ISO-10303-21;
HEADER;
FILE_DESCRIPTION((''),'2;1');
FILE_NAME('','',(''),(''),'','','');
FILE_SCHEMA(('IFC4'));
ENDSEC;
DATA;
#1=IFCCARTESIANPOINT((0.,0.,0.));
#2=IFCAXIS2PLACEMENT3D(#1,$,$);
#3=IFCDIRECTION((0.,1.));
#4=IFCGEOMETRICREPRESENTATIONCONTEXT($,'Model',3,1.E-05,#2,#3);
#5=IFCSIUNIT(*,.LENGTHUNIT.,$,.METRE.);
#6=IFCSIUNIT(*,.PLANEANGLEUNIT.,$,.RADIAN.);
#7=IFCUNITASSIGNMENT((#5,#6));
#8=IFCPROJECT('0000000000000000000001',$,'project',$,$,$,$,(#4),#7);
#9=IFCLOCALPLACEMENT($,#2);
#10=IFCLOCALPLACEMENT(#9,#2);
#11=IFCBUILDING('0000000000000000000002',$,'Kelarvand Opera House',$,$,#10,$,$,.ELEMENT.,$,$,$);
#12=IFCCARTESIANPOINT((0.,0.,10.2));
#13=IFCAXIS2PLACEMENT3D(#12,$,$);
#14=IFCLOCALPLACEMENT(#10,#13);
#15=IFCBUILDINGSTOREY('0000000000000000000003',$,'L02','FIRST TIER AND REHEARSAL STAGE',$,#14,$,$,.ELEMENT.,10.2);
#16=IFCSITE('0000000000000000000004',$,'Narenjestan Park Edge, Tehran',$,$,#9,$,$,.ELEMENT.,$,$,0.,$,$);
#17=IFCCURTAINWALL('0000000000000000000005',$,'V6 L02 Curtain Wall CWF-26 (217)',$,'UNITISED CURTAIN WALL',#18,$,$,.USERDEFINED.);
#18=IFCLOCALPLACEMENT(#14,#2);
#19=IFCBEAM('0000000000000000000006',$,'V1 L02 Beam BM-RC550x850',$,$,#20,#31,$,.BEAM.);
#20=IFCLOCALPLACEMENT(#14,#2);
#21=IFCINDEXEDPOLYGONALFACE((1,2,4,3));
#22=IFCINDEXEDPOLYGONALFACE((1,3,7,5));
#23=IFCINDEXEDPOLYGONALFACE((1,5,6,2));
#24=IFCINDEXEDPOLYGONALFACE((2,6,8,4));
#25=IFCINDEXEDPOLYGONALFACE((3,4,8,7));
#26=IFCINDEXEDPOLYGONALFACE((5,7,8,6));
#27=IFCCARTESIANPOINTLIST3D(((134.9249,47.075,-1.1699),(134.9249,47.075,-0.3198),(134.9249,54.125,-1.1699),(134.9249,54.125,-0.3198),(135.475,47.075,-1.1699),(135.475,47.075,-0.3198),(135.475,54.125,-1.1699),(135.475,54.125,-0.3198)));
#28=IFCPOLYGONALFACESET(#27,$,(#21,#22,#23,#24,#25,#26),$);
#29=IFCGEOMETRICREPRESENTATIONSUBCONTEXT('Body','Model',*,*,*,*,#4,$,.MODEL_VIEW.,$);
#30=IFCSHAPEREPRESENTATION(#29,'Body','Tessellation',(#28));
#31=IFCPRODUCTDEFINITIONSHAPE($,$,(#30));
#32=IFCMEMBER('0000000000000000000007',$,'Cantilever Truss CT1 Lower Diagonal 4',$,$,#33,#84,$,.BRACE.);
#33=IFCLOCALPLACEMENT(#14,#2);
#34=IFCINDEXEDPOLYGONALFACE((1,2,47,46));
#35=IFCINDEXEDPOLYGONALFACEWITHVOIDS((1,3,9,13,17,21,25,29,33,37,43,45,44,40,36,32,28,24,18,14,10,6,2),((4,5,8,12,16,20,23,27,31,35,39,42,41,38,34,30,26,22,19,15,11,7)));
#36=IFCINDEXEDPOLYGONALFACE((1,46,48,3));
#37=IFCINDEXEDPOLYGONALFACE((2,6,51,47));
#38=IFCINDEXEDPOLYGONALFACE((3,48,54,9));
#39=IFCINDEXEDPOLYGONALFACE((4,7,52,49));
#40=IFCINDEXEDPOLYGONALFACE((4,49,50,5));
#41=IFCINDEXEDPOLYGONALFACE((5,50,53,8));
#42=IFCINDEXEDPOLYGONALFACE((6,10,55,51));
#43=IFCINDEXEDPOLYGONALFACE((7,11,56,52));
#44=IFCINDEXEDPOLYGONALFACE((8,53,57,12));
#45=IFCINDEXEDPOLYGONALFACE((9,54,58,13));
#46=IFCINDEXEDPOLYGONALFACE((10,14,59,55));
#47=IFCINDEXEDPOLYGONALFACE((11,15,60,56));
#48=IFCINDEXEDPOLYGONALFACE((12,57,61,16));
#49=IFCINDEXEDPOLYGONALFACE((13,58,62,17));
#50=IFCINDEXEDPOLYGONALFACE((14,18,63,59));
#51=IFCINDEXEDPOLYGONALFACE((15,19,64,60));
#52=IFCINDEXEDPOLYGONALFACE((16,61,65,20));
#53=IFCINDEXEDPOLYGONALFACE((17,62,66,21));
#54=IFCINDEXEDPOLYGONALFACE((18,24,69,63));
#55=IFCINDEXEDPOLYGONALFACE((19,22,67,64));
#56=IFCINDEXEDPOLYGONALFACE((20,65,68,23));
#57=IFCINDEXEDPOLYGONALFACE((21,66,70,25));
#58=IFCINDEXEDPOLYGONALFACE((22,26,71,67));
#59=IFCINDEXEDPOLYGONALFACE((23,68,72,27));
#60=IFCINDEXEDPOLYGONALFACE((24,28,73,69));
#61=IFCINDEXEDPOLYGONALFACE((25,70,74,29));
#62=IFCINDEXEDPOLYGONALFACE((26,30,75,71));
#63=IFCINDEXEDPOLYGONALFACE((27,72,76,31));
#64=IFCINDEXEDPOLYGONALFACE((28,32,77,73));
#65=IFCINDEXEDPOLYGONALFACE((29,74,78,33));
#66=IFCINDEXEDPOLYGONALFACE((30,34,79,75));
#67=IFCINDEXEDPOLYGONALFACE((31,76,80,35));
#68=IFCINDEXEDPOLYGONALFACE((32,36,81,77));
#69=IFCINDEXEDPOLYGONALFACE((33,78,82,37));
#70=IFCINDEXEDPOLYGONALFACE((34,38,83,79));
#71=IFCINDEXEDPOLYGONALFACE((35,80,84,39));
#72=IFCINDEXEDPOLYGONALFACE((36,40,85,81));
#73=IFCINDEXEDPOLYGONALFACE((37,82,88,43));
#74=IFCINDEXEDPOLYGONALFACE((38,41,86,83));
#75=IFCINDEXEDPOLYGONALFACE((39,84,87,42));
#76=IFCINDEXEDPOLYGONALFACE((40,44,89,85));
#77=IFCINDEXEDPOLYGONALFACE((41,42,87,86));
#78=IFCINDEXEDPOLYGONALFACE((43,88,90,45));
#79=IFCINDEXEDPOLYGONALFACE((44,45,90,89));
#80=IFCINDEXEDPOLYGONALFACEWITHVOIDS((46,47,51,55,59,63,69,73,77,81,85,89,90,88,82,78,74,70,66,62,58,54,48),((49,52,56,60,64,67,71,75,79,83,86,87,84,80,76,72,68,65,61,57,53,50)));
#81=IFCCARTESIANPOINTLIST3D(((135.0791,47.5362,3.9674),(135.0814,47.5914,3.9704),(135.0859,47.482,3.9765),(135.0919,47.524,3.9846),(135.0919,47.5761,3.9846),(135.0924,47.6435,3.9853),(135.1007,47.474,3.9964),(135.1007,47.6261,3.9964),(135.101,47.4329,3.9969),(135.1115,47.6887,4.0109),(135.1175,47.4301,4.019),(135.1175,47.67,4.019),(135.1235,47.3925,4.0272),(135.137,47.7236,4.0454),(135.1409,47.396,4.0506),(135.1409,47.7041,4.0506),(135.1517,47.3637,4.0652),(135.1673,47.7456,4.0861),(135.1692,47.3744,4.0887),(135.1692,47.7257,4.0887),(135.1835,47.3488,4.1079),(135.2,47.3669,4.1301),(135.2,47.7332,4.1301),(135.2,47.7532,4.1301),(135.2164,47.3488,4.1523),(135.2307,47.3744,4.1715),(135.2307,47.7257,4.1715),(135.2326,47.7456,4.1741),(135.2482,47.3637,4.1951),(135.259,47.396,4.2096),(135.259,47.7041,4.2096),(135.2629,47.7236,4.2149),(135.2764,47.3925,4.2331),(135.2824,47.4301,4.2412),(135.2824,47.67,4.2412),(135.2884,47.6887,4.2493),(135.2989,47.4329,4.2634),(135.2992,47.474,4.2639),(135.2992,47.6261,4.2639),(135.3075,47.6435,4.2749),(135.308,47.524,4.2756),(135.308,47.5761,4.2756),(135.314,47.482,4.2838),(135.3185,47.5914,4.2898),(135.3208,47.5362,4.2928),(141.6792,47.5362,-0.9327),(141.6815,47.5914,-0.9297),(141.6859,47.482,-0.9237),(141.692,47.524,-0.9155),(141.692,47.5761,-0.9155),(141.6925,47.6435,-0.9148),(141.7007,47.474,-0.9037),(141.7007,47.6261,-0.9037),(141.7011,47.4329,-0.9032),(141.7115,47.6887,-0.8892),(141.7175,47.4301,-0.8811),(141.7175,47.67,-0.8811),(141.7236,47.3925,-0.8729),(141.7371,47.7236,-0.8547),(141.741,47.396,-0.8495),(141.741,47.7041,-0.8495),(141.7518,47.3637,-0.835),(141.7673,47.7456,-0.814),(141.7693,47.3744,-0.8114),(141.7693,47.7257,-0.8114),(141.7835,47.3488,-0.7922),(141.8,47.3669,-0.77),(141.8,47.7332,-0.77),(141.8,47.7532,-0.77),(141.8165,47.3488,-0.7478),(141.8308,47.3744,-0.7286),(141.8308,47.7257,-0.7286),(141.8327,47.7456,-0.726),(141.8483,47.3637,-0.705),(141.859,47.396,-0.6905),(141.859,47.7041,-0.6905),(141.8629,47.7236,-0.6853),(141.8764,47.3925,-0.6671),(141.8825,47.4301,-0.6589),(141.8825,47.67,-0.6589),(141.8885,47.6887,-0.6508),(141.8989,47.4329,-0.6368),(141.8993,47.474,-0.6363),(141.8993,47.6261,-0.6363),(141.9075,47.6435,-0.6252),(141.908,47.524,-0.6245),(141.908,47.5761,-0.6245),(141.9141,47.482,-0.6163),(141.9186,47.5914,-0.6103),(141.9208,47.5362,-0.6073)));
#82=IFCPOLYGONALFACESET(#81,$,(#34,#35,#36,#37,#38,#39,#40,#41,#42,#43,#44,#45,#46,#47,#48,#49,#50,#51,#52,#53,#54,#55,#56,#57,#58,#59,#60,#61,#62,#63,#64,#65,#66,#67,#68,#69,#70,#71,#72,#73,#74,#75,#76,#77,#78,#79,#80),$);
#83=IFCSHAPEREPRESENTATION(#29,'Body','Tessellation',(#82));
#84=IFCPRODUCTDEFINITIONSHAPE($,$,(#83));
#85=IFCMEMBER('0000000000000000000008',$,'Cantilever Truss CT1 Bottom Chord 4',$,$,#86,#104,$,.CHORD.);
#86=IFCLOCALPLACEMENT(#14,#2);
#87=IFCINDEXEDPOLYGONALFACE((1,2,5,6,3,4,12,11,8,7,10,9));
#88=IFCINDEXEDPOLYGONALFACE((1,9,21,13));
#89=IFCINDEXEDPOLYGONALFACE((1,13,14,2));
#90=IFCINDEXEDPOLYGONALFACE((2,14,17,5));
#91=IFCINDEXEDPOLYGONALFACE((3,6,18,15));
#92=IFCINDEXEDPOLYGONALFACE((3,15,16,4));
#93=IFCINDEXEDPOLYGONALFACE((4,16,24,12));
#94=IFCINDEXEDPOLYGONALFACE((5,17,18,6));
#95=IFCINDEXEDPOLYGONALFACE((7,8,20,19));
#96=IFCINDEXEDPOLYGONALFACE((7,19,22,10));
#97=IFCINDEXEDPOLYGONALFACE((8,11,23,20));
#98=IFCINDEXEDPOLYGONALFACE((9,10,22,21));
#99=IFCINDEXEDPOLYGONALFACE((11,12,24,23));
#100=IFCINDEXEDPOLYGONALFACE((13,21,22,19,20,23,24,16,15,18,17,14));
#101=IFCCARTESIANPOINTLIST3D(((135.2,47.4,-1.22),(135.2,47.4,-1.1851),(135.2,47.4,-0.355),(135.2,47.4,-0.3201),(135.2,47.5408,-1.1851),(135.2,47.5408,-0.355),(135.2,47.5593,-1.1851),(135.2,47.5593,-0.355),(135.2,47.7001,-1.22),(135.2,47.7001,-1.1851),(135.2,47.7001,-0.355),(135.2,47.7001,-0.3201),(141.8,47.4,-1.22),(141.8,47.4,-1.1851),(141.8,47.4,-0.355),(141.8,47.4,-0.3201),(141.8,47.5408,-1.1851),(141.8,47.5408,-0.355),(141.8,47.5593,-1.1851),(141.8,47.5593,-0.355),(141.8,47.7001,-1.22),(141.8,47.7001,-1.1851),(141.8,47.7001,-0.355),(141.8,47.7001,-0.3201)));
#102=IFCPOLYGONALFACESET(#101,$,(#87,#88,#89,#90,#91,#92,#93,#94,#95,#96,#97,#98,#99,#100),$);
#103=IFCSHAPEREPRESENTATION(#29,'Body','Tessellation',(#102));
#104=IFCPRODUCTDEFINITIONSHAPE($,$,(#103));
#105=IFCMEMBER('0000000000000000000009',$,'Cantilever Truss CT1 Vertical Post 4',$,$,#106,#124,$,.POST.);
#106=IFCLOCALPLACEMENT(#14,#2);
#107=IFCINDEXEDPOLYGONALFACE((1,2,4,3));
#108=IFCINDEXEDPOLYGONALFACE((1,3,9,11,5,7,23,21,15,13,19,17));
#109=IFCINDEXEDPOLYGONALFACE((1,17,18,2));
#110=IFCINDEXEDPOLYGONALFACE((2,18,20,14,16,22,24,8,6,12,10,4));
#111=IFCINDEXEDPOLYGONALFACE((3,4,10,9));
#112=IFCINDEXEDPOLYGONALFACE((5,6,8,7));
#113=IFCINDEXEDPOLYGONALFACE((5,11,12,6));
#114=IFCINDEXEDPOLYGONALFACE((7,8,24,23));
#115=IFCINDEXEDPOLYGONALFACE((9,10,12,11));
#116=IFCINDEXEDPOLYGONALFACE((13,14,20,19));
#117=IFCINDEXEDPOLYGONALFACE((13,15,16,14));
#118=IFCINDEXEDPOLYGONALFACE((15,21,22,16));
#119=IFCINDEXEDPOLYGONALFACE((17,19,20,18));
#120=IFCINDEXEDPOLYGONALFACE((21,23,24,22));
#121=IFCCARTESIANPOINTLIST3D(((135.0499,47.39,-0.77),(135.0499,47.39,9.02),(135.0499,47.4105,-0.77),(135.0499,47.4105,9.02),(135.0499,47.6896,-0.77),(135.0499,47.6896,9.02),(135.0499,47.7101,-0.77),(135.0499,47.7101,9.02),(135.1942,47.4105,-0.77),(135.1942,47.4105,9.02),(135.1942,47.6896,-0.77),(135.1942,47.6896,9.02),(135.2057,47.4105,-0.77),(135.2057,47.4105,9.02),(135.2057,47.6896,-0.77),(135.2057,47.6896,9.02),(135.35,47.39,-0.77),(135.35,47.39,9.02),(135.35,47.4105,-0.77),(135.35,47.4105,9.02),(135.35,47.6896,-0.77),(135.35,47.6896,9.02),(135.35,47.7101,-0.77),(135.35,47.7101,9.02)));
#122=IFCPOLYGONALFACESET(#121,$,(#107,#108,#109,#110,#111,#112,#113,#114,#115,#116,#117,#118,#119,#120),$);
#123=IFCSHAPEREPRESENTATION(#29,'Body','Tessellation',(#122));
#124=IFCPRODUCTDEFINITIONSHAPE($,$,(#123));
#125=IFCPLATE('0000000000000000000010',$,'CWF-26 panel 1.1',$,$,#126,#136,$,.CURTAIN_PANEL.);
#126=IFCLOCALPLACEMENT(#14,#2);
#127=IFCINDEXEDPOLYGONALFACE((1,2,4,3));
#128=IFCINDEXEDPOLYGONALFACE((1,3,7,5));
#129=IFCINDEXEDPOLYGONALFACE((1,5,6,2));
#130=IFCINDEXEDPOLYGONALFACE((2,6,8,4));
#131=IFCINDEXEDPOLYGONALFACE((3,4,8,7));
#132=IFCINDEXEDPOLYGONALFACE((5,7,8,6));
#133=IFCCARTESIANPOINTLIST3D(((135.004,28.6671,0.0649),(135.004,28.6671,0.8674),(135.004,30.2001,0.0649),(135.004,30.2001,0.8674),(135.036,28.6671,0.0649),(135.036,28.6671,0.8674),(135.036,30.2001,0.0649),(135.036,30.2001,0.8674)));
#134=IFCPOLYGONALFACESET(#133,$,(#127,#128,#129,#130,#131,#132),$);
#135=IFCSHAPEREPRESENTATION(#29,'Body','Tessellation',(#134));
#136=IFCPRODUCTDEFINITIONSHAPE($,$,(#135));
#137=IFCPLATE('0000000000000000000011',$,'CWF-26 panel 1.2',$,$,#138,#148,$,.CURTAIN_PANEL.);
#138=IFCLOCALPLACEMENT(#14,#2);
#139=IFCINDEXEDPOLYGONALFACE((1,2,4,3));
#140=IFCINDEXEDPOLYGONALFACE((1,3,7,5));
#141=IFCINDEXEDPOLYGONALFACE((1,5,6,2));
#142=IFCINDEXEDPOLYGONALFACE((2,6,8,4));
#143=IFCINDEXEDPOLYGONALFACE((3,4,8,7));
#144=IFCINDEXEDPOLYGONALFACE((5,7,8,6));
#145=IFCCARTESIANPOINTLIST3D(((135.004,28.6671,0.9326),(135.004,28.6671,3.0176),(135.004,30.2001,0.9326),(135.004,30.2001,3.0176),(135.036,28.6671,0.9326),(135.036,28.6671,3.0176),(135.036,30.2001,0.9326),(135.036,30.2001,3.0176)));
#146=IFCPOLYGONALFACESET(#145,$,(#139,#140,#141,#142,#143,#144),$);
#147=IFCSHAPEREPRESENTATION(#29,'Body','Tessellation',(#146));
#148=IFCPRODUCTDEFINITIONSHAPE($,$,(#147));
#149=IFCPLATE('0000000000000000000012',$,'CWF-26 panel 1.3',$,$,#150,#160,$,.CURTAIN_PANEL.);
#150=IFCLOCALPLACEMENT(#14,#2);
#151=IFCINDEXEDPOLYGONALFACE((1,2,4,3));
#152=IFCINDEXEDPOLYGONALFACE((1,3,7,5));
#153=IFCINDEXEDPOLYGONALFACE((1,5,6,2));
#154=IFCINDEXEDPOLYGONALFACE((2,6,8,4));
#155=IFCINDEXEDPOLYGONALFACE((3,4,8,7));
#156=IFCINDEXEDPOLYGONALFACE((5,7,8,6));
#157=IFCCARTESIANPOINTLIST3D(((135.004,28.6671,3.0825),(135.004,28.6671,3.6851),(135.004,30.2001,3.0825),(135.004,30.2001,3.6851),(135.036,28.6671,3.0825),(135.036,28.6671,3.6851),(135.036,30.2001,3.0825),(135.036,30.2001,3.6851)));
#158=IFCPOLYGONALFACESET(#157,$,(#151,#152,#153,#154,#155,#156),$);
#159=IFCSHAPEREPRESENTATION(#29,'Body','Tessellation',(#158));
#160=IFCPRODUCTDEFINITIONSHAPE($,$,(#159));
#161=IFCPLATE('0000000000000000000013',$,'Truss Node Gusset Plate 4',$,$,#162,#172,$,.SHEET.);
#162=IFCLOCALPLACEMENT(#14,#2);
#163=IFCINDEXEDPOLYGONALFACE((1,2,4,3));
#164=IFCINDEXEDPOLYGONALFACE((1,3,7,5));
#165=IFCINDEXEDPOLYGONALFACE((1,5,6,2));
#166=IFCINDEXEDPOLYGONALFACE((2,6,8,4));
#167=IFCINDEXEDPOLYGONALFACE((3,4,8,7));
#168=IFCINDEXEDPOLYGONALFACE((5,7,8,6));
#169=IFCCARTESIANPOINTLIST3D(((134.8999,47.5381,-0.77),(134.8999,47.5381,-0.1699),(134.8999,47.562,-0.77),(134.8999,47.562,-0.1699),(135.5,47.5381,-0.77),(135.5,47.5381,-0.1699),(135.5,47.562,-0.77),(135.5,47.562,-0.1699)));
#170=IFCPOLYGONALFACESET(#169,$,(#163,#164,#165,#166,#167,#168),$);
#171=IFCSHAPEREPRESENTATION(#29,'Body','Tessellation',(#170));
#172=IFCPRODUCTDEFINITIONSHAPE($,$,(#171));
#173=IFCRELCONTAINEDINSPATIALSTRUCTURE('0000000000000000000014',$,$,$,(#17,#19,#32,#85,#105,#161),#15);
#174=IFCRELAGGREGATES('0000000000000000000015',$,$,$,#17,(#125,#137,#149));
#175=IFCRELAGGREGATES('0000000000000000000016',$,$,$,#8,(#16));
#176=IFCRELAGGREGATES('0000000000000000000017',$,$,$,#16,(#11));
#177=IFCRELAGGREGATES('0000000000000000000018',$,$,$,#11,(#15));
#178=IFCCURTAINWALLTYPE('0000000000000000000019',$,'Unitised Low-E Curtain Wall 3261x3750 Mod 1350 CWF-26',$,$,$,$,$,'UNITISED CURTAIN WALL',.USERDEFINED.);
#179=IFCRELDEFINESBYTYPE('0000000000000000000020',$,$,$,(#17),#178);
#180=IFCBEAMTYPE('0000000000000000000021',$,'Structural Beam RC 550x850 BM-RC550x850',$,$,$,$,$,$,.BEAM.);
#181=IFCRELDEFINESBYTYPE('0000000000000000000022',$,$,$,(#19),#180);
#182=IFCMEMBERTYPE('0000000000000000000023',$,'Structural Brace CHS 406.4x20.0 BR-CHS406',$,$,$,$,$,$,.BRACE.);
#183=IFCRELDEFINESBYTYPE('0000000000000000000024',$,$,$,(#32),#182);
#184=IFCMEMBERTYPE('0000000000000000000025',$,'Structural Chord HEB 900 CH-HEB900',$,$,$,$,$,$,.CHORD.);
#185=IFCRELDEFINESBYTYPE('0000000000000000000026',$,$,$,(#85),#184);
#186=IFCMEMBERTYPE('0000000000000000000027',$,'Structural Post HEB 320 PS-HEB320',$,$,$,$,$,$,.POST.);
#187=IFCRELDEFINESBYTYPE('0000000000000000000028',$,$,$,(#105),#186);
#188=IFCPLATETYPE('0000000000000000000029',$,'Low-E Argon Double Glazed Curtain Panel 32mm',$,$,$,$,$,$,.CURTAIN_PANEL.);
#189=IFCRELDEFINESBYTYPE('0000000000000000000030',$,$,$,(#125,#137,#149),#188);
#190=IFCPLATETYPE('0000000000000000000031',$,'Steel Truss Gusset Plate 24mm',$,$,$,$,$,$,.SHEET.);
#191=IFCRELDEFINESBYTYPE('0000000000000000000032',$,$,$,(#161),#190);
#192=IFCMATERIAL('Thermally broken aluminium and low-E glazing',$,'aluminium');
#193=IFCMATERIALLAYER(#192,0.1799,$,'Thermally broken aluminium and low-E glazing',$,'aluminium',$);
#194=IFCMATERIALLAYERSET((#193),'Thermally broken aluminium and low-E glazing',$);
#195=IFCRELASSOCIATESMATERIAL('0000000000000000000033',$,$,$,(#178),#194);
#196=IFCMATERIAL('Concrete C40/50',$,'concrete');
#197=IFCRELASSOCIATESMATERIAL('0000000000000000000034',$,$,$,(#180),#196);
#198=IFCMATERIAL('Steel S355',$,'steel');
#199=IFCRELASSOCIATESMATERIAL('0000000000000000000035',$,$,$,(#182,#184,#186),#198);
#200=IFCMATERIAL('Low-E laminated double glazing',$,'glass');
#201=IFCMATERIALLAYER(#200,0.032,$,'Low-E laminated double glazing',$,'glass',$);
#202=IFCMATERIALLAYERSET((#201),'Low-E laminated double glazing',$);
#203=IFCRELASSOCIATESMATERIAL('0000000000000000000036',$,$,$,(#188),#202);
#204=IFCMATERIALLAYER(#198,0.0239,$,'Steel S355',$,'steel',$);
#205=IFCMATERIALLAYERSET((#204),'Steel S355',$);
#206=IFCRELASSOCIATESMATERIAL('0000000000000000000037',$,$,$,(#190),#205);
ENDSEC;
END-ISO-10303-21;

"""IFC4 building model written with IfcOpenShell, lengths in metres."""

from ifc_helpers import new_model, si_unit, direction, frame, origin, origin_2d, place, context, subcontext, project, spatial, rectangle, hollow_circle, i_section, extrude, material, layer, layer_set, material_profile, profile_set, type_object, element, aggregate, save


model = new_model("IFC4")

# Units and contexts
model_context = context("Model", 3, precision=1e-05, world=origin(), true_north=direction((0.0, 1.0)))
body_context = subcontext(model_context, "Body", "Model", "MODEL_VIEW")
ifc_project = project(units=[si_unit("LENGTHUNIT", "METRE"), si_unit("PLANEANGLEUNIT", "RADIAN")], contexts=[model_context])

# Site, building, storey
site_placement = place(None, origin())
site = spatial("IfcSite", under=ifc_project, at=site_placement, Name="Narenjestan Park Edge, Tehran", CompositionType="ELEMENT", RefElevation=0.0)
building_placement = place(site_placement, origin())
building = spatial("IfcBuilding", under=site, at=building_placement, Name="Kelarvand Opera House", CompositionType="ELEMENT")
storey_placement = place(building_placement, frame((0.0, 0.0, 10.2)))
storey = spatial("IfcBuildingStorey", under=building, at=storey_placement, Name="L02", Description="FIRST TIER AND REHEARSAL STAGE", CompositionType="ELEMENT", Elevation=10.2)

# Shared definitions
ifc_material_1 = material(Name="Concrete C40/50", Category="concrete")

# Curtain wall
ifc_material_2 = material(Name="Thermally broken aluminium and low-E glazing", Category="aluminium")
ifc_layer_1 = layer(ifc_material_2, 0.1799, Name="Thermally broken aluminium and low-E glazing", Category="aluminium")
ifc_layer_set_1 = layer_set([ifc_layer_1], Name="Thermally broken aluminium and low-E glazing")
curtain_wall_type = type_object("IfcCurtainWallType", Name="Unitised Low-E Curtain Wall 3261x3750 Mod 1350 CWF-26", ElementType="UNITISED CURTAIN WALL", PredefinedType="USERDEFINED", material=ifc_layer_set_1)
curtain_wall_placement = place(storey_placement, origin())
curtain_wall = element("IfcCurtainWall", 1, at=curtain_wall_placement, inside=storey, type_object=curtain_wall_type, Name="V6 L02 Curtain Wall CWF-26 (217)", ObjectType="UNITISED CURTAIN WALL", PredefinedType="USERDEFINED")

# Beam
ifc_material_profile_1 = material_profile(ifc_material_1, rectangle(XDim=0.55, YDim=0.8501, at=origin_2d()), Name="RC 550x850", Category="concrete")
ifc_profile_set_1 = profile_set([ifc_material_profile_1], Name="Concrete C40/50")
beam_type_1 = type_object("IfcBeamType", Name="Structural Beam RC 550x850 BM-RC550x850", PredefinedType="BEAM", material=ifc_profile_set_1)
beam_1_placement = place(storey_placement, frame((135.2, 47.075, -0.7449), z_axis=(0.0, 1.0, 0.0), x_axis=(-1.0, 0.0, 0.0)))
element("IfcBeam", 2, at=beam_1_placement, inside=storey, type_object=beam_type_1, Name="V1 L02 Beam BM-RC550x850", PredefinedType="BEAM", context=body_context, shape_type="SweptSolid", body=[
    extrude(rectangle(XDim=0.55, YDim=0.8501, at=origin_2d()), origin(), (0.0, 0.0, 1.0), 7.05),
])

# Members
ifc_material_3 = material(Name="Steel S355", Category="steel")
ifc_material_profile_2 = material_profile(ifc_material_3, hollow_circle(Radius=0.2031, WallThickness=0.02, at=origin_2d()), Name="CHS 406.4x20.0", Category="steel")
ifc_profile_set_2 = profile_set([ifc_material_profile_2], Name="Steel S355")
member_type_1 = type_object("IfcMemberType", Name="Structural Brace CHS 406.4x20.0 BR-CHS406", PredefinedType="BRACE", material=ifc_profile_set_2)
member_1_placement = place(storey_placement, frame((135.2, 47.55, 4.1301), z_axis=(0.802906, 0.0, -0.596106), x_axis=(0.0, 1.0, 0.0)))
element("IfcMember", 3, at=member_1_placement, inside=storey, type_object=member_type_1, Name="Cantilever Truss CT1 Lower Diagonal 4", PredefinedType="BRACE", context=body_context, shape_type="SweptSolid", body=[
    extrude(hollow_circle(Radius=0.2031, WallThickness=0.02, at=origin_2d()), origin(), (0.0, 0.0, 1.0), 8.2202),
])
ifc_material_profile_3 = material_profile(ifc_material_3, i_section(OverallWidth=0.3, OverallDepth=0.8999, WebThickness=0.0186, FlangeThickness=0.0349, at=origin_2d()), Name="HEB 900", Category="steel")
ifc_profile_set_3 = profile_set([ifc_material_profile_3], Name="Steel S355")
member_type_2 = type_object("IfcMemberType", Name="Structural Chord HEB 900 CH-HEB900", PredefinedType="CHORD", material=ifc_profile_set_3)
member_2_placement = place(storey_placement, frame((135.2, 47.55, -0.77), z_axis=(1.0, 0.0, 0.0), x_axis=(0.0, 1.0, 0.0)))
element("IfcMember", 4, at=member_2_placement, inside=storey, type_object=member_type_2, Name="Cantilever Truss CT1 Bottom Chord 4", PredefinedType="CHORD", context=body_context, shape_type="SweptSolid", body=[
    extrude(i_section(OverallWidth=0.3, OverallDepth=0.8999, WebThickness=0.0186, FlangeThickness=0.0349, at=origin_2d()), origin(), (0.0, 0.0, 1.0), 6.6001),
])
ifc_material_profile_4 = material_profile(ifc_material_3, i_section(OverallWidth=0.3, OverallDepth=0.3201, WebThickness=0.0115, FlangeThickness=0.0205, at=origin_2d()), Name="HEB 320", Category="steel")
ifc_profile_set_4 = profile_set([ifc_material_profile_4], Name="Steel S355")
member_type_3 = type_object("IfcMemberType", Name="Structural Post HEB 320 PS-HEB320", PredefinedType="POST", material=ifc_profile_set_4)
member_3_placement = place(storey_placement, frame((135.2, 47.55, -0.77), z_axis=(0.0, 0.0, 1.0), x_axis=(1.0, 0.0, 0.0)))
element("IfcMember", 5, at=member_3_placement, inside=storey, type_object=member_type_3, Name="Cantilever Truss CT1 Vertical Post 4", PredefinedType="POST", context=body_context, shape_type="SweptSolid", body=[
    extrude(i_section(OverallWidth=0.3, OverallDepth=0.3201, WebThickness=0.0115, FlangeThickness=0.0205, at=origin_2d()), origin(), (0.0, 0.0, 1.0), 9.79),
])

# Plates
ifc_material_4 = material(Name="Low-E laminated double glazing", Category="glass")
ifc_layer_2 = layer(ifc_material_4, 0.032, Name="Low-E laminated double glazing", Category="glass")
ifc_layer_set_2 = layer_set([ifc_layer_2], Name="Low-E laminated double glazing")
plate_type_1 = type_object("IfcPlateType", Name="Low-E Argon Double Glazed Curtain Panel 32mm", PredefinedType="CURTAIN_PANEL", material=ifc_layer_set_2)
plate_1_placement = place(storey_placement, frame((135.02, 29.4336, 0.0649), z_axis=(0.0, 0.0, 1.0), x_axis=(0.0, -1.0, 0.0)))
plate_1 = element("IfcPlate", 6, at=plate_1_placement, type_object=plate_type_1, Name="CWF-26 panel 1.1", PredefinedType="CURTAIN_PANEL", context=body_context, shape_type="SweptSolid", body=[
    extrude(rectangle(XDim=1.533, YDim=0.032, at=origin_2d()), origin(), (0.0, 0.0, 1.0), 0.8025),
])
plate_2_placement = place(storey_placement, frame((135.02, 29.4336, 0.9326), z_axis=(0.0, 0.0, 1.0), x_axis=(0.0, -1.0, 0.0)))
plate_2 = element("IfcPlate", 7, at=plate_2_placement, type_object=plate_type_1, Name="CWF-26 panel 1.2", PredefinedType="CURTAIN_PANEL", context=body_context, shape_type="SweptSolid", body=[
    extrude(rectangle(XDim=1.533, YDim=0.032, at=origin_2d()), origin(), (0.0, 0.0, 1.0), 2.085),
])
plate_3_placement = place(storey_placement, frame((135.02, 29.4336, 3.0825), z_axis=(0.0, 0.0, 1.0), x_axis=(0.0, -1.0, 0.0)))
plate_3 = element("IfcPlate", 8, at=plate_3_placement, type_object=plate_type_1, Name="CWF-26 panel 1.3", PredefinedType="CURTAIN_PANEL", context=body_context, shape_type="SweptSolid", body=[
    extrude(rectangle(XDim=1.533, YDim=0.032, at=origin_2d()), origin(), (0.0, 0.0, 1.0), 0.6025),
])
aggregate(curtain_wall, [plate_1, plate_2, plate_3])
ifc_layer_3 = layer(ifc_material_3, 0.0239, Name="Steel S355", Category="steel")
ifc_layer_set_3 = layer_set([ifc_layer_3], Name="Steel S355")
plate_type_2 = type_object("IfcPlateType", Name="Steel Truss Gusset Plate 24mm", PredefinedType="SHEET", material=ifc_layer_set_3)
plate_4_placement = place(storey_placement, frame((135.2, 47.55, -0.77), z_axis=(0.0, 0.0, 1.0), x_axis=(1.0, 0.0, 0.0)))
element("IfcPlate", 9, at=plate_4_placement, inside=storey, type_object=plate_type_2, Name="Truss Node Gusset Plate 4", PredefinedType="SHEET", context=body_context, shape_type="SweptSolid", body=[
    extrude(rectangle(XDim=0.6001, YDim=0.0239, at=origin_2d()), origin(), (0.0, 0.0, 1.0), 0.6001),
])

save(model, "model.ifc")
